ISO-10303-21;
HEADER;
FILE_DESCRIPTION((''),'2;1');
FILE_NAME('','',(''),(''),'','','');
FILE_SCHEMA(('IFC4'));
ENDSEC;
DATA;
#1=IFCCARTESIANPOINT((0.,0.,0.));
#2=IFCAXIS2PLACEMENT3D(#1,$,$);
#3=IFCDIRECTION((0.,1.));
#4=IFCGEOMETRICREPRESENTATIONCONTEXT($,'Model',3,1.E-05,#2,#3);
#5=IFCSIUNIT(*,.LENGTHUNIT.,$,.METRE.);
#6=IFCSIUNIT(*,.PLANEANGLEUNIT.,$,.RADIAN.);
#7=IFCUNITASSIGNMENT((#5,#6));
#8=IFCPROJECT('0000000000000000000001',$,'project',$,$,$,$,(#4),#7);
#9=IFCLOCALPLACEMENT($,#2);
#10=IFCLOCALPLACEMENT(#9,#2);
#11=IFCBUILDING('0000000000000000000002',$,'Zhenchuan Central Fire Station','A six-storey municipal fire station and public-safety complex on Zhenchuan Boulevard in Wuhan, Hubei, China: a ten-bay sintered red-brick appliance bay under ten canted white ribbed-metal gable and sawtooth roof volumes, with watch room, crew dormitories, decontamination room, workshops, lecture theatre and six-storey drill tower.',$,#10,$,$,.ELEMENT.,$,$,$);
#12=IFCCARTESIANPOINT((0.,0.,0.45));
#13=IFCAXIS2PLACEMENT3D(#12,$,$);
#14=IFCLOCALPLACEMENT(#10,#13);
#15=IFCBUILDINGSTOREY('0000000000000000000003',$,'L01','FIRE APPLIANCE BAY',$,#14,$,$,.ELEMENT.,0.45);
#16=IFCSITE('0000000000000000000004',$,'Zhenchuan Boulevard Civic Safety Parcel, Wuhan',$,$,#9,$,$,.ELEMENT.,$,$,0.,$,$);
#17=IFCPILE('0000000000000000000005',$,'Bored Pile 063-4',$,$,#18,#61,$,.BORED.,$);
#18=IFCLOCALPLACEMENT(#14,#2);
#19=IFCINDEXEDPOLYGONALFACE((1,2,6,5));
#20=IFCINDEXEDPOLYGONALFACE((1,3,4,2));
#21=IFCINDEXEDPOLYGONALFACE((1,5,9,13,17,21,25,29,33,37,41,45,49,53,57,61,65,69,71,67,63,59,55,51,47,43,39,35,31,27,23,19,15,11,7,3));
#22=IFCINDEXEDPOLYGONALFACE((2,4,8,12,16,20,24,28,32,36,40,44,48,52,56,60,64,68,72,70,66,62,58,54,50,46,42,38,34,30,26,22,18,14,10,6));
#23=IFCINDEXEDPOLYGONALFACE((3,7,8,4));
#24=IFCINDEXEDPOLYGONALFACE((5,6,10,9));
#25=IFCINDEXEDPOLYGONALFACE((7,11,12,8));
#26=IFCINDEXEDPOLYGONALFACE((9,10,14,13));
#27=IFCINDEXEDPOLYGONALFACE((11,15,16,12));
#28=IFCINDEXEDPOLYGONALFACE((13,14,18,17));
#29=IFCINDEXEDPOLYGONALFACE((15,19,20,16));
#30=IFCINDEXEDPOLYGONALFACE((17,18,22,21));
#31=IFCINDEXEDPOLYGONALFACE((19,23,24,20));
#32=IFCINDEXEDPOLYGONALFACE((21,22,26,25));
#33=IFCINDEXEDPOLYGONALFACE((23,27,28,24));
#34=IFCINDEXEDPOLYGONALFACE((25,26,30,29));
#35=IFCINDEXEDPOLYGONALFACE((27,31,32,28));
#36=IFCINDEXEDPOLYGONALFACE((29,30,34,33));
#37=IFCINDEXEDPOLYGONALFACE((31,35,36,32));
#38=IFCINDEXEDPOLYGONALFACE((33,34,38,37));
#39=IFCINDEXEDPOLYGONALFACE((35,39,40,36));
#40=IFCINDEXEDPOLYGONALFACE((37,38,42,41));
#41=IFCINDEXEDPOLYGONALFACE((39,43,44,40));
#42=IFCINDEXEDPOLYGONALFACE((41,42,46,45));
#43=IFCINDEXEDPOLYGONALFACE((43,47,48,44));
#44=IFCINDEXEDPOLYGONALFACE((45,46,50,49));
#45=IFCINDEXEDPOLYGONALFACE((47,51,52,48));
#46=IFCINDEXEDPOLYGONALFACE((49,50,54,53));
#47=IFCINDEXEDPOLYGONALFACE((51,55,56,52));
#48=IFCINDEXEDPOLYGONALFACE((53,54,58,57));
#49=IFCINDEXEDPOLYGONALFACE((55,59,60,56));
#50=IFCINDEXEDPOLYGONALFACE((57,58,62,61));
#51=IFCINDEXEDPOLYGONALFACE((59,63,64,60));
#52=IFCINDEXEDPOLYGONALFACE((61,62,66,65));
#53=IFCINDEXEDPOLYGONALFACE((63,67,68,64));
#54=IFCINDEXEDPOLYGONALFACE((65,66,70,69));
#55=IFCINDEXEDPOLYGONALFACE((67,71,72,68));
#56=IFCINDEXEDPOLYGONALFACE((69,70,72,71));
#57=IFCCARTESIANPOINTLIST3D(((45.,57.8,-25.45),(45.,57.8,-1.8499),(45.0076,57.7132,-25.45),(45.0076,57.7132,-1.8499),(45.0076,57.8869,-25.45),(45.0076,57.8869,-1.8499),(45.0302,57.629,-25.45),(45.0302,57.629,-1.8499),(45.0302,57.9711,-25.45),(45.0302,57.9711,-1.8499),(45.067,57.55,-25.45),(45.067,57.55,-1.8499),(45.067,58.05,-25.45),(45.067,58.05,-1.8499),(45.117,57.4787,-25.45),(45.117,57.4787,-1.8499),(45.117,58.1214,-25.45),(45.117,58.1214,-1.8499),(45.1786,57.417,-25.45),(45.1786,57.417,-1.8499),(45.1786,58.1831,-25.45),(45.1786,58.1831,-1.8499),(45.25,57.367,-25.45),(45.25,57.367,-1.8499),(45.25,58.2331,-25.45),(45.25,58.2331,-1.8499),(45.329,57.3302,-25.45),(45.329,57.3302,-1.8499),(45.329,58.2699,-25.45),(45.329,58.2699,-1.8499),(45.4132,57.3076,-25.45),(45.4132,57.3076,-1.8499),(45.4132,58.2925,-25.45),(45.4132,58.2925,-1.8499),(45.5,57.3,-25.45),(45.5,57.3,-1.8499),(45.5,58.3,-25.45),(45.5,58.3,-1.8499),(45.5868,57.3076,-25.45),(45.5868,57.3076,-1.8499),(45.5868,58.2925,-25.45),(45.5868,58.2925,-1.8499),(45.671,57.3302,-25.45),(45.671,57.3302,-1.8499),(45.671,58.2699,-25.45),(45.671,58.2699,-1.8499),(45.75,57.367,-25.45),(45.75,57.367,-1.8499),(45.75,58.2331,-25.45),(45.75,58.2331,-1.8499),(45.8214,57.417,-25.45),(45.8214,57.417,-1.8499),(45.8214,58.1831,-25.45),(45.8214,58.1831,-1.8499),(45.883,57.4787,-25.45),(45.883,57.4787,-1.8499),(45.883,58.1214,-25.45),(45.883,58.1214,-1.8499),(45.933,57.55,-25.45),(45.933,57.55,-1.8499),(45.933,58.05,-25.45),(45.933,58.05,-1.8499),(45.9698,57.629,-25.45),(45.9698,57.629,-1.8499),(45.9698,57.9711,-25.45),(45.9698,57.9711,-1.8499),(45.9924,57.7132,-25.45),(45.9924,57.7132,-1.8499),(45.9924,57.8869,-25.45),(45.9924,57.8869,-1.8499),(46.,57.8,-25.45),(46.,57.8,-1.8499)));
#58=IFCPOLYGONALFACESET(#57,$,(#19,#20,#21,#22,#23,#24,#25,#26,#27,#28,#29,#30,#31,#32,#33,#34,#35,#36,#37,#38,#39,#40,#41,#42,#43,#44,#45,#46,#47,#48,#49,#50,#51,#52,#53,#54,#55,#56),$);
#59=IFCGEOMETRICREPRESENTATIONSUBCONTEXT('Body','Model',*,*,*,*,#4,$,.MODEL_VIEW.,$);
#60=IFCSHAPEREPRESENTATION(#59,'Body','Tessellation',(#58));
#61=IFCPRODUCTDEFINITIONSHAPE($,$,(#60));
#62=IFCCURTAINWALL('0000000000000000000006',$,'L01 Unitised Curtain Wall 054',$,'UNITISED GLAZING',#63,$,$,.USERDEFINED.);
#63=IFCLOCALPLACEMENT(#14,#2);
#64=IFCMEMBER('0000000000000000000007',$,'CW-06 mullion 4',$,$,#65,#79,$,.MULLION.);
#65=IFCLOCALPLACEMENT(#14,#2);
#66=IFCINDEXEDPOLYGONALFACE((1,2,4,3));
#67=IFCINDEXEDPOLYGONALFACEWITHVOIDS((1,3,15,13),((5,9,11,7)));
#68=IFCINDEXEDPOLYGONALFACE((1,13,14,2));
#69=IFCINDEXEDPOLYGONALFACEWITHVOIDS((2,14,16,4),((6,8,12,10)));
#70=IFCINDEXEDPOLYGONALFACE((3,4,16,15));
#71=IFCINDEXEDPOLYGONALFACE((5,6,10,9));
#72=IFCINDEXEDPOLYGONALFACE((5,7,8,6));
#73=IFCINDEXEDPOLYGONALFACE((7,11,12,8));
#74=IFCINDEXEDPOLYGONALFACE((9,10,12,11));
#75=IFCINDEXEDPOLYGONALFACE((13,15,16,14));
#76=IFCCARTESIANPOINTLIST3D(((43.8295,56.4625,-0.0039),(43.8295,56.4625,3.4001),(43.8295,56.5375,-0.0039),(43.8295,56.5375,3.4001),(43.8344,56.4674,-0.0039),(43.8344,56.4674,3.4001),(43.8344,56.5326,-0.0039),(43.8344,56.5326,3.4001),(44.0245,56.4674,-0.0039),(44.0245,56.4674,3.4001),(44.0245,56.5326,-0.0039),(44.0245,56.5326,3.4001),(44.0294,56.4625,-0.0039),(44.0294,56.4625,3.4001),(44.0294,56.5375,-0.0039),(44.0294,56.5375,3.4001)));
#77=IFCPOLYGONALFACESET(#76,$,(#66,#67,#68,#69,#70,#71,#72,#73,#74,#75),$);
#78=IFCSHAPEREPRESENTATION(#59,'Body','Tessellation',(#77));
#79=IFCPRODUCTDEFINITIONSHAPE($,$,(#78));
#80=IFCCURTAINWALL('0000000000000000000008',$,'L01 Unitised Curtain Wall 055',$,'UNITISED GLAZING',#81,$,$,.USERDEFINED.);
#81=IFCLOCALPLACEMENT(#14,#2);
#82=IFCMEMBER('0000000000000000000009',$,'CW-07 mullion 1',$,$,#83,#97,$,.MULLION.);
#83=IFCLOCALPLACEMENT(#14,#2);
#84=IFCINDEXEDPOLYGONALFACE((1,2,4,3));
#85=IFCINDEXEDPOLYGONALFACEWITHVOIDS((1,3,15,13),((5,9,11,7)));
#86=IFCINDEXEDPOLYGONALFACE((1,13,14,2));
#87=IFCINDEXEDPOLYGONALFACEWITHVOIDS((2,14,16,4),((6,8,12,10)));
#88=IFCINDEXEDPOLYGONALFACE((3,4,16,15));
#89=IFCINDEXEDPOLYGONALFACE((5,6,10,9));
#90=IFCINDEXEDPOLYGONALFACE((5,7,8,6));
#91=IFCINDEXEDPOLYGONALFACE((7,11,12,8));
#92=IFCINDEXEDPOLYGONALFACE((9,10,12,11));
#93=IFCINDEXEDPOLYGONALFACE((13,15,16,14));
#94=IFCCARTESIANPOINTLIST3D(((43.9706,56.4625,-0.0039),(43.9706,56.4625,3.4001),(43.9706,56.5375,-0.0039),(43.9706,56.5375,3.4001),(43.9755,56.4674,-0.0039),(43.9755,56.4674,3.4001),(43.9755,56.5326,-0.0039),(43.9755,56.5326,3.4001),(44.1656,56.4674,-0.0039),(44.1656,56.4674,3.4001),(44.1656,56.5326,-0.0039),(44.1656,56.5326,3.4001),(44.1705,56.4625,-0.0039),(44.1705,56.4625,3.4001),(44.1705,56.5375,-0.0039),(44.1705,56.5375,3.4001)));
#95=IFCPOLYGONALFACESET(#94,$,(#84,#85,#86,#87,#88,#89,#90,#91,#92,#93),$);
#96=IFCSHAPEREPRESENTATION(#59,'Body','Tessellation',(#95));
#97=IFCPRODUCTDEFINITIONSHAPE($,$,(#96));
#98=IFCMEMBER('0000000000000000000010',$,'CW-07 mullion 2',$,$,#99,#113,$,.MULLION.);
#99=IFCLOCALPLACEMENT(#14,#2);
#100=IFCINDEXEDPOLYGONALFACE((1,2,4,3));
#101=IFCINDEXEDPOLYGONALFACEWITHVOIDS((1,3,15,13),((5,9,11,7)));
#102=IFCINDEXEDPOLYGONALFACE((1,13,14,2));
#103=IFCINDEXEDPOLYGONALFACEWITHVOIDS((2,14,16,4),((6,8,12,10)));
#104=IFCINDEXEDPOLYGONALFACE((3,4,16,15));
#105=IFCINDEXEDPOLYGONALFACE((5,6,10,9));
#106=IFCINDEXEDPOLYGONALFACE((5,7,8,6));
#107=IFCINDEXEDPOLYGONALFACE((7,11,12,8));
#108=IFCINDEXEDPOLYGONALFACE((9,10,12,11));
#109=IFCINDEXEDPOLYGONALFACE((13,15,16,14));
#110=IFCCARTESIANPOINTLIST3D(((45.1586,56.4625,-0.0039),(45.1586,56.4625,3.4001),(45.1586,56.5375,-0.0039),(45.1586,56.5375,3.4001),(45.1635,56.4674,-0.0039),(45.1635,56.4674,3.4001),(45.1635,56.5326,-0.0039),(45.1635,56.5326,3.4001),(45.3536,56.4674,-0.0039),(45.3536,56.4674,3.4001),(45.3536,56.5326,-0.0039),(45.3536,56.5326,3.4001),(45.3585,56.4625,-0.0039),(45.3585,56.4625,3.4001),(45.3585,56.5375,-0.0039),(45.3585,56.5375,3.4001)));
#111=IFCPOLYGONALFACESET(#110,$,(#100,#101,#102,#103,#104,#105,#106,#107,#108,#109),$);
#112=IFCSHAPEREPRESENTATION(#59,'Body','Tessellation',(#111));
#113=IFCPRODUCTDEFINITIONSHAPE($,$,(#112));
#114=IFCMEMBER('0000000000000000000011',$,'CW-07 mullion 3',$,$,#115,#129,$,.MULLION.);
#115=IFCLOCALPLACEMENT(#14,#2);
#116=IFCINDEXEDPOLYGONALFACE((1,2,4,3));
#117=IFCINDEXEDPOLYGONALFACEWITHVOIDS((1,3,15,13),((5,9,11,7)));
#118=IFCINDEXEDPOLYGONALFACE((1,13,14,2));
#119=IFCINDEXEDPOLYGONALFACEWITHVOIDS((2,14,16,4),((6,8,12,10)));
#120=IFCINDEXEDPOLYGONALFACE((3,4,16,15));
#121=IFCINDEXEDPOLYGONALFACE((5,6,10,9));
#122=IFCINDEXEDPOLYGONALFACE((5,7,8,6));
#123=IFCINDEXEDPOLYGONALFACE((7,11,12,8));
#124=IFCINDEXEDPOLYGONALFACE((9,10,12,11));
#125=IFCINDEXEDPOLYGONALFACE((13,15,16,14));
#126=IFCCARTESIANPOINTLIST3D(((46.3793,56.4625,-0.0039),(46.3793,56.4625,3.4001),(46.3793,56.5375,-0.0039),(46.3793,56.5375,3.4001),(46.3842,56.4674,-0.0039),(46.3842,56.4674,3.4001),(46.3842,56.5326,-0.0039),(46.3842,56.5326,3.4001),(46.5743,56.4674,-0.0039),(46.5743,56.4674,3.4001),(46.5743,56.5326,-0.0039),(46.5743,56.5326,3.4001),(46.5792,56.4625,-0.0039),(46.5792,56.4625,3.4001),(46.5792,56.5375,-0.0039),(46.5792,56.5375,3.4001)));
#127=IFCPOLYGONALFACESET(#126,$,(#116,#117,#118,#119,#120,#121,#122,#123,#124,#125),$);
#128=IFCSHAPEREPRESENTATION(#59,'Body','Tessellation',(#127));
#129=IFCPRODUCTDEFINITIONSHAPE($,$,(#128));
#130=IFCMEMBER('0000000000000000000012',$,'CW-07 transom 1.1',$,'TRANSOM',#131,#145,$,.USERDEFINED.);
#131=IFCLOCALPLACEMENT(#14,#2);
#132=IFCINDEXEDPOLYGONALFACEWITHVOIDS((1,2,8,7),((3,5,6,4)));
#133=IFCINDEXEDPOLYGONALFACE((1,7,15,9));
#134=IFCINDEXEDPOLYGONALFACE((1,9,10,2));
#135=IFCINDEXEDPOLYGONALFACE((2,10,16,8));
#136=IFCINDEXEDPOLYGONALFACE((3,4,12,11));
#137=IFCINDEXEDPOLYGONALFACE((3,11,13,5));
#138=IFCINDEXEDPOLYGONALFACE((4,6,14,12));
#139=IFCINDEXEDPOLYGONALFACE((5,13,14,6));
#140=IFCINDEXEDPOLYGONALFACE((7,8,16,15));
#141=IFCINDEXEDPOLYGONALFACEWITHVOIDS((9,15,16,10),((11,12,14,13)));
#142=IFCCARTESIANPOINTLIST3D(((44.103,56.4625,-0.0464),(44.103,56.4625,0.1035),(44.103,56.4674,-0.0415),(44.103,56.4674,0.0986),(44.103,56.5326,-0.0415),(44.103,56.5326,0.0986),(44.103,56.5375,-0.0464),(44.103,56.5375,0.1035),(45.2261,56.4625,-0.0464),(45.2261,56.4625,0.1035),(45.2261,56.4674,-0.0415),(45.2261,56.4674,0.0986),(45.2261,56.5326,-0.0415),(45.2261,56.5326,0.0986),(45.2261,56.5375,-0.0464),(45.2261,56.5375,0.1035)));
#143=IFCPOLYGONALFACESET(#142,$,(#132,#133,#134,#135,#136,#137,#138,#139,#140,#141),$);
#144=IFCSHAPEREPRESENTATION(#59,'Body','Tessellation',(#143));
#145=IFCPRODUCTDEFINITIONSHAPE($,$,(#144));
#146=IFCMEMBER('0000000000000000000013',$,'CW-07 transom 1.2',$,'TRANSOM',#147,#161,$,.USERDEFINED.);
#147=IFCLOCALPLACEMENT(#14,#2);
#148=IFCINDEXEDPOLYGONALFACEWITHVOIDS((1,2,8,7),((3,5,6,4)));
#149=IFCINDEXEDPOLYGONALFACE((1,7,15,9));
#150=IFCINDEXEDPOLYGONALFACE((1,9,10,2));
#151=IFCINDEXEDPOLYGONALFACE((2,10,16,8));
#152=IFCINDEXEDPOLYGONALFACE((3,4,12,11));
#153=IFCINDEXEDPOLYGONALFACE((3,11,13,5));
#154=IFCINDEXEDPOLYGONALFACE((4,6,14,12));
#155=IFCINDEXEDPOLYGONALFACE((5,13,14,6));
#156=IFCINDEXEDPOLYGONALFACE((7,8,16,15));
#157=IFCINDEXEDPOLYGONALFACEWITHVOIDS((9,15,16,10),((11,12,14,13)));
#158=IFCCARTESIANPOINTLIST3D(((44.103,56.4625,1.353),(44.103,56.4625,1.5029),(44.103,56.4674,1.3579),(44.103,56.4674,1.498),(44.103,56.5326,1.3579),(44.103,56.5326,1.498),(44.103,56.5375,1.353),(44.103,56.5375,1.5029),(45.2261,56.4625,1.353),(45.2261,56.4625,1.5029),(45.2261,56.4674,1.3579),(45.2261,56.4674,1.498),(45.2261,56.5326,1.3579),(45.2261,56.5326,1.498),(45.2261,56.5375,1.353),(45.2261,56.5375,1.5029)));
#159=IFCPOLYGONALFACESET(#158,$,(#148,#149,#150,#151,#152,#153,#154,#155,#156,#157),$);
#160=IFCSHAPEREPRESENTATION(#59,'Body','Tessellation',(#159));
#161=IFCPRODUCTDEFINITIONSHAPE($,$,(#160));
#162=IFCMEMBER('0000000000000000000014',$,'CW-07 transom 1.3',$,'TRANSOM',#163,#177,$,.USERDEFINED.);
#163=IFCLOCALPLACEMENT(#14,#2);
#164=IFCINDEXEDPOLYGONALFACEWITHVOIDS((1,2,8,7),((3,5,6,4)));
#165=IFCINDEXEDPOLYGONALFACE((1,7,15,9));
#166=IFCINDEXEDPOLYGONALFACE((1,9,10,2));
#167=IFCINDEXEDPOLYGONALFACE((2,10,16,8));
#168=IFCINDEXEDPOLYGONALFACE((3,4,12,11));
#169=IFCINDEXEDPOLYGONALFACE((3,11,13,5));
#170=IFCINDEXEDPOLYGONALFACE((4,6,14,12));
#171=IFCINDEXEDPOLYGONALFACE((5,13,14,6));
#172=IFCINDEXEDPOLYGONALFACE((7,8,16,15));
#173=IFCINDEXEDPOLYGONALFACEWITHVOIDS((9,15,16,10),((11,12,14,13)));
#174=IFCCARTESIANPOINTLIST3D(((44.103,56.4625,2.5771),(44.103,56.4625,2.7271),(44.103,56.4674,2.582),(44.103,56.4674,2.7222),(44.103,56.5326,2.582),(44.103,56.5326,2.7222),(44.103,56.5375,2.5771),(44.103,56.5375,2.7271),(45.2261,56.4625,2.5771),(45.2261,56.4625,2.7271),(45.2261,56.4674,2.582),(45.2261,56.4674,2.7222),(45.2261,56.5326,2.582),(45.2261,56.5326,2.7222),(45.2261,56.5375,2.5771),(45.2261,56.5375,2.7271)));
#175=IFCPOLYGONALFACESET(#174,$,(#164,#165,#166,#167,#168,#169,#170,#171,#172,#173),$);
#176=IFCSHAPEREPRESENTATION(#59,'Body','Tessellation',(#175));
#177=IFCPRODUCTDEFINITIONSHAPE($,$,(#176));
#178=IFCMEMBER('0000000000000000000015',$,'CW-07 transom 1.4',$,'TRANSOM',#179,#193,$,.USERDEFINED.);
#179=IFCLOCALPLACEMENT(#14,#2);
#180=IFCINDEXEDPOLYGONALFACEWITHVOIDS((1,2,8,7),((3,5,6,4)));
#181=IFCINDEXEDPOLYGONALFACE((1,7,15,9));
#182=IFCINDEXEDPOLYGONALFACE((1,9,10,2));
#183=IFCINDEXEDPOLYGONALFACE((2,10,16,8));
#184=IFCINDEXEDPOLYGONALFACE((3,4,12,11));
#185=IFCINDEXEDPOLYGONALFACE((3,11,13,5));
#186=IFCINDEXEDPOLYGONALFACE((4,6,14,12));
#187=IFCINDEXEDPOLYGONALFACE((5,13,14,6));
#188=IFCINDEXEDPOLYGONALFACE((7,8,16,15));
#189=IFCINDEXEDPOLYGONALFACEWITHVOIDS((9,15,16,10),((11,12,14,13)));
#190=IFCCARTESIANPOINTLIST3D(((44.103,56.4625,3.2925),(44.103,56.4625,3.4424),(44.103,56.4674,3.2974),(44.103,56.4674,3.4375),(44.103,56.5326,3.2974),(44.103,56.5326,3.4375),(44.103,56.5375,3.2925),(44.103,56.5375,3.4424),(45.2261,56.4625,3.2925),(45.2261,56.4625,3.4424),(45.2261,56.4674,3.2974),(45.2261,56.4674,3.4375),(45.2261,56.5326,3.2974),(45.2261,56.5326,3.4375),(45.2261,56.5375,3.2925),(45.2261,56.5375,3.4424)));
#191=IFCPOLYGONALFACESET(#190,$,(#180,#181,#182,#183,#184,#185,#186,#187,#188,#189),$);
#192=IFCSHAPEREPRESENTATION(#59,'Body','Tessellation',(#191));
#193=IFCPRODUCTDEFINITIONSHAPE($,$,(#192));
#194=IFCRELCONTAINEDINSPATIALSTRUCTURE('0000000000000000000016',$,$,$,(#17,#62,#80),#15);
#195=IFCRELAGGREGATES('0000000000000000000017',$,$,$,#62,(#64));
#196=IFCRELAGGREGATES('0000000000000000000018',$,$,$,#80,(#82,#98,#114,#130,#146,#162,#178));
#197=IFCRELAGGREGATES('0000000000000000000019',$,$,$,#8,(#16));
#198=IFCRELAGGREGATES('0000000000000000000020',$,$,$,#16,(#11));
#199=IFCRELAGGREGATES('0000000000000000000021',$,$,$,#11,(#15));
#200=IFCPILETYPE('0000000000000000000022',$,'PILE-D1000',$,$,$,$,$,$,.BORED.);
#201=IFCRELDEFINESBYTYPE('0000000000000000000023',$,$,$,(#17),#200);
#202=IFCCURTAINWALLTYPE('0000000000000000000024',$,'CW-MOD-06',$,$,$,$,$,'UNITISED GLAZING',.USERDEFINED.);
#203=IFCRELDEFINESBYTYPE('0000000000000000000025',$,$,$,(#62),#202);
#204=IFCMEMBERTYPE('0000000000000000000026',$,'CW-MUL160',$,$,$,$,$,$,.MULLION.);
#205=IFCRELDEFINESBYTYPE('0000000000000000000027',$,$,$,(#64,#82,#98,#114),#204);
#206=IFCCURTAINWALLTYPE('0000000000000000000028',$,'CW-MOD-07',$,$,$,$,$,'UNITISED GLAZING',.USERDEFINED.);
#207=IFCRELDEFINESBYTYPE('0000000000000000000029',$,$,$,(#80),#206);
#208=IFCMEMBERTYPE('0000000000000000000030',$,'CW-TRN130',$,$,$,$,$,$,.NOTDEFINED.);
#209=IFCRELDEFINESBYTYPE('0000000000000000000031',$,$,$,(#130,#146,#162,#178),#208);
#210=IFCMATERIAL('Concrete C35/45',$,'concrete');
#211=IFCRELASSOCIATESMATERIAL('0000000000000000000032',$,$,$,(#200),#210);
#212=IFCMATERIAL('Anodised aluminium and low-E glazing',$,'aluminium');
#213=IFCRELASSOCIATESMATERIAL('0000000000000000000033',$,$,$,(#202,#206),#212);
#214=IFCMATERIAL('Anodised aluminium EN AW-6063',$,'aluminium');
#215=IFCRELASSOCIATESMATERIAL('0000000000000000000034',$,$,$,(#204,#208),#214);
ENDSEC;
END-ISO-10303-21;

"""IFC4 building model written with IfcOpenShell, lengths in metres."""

from ifc_helpers import new_model, si_unit, direction, frame, origin, origin_2d, place, context, subcontext, project, spatial, hollow_rectangle, circle, extrude, material, material_profile, profile_set, type_object, element, aggregate, save


model = new_model("IFC4")

# Units and contexts
model_context = context("Model", 3, precision=1e-05, world=origin(), true_north=direction((0.0, 1.0)))
body_context = subcontext(model_context, "Body", "Model", "MODEL_VIEW")
ifc_project = project(units=[si_unit("LENGTHUNIT", "METRE"), si_unit("PLANEANGLEUNIT", "RADIAN")], contexts=[model_context])

# Site, building, storey
site_placement = place(None, origin())
site = spatial("IfcSite", under=ifc_project, at=site_placement, Name="Zhenchuan Boulevard Civic Safety Parcel, Wuhan", CompositionType="ELEMENT", RefElevation=0.0)
building_placement = place(site_placement, origin())
building = spatial("IfcBuilding", under=site, at=building_placement, Name="Zhenchuan Central Fire Station", Description="A six-storey municipal fire station and public-safety complex on Zhenchuan Boulevard in Wuhan, Hubei, China: a ten-bay sintered red-brick appliance bay under ten canted white ribbed-metal gable and sawtooth roof volumes, with watch room, crew dormitories, decontamination room, workshops, lecture theatre and six-storey drill tower.", CompositionType="ELEMENT")
storey_placement = place(building_placement, frame((0.0, 0.0, 0.45)))
storey = spatial("IfcBuildingStorey", under=building, at=storey_placement, Name="L01", Description="FIRE APPLIANCE BAY", CompositionType="ELEMENT", Elevation=0.45)

# Pile
ifc_material_1 = material(Name="Concrete C35/45", Category="concrete")
ifc_material_profile_1 = material_profile(ifc_material_1, circle(Radius=0.5, at=origin_2d()), Name="PILE D1000")
ifc_profile_set_1 = profile_set([ifc_material_profile_1], Name="Concrete C35/45")
pile_type = type_object("IfcPileType", Name="PILE-D1000", PredefinedType="BORED", material=ifc_profile_set_1)
pile_placement = place(storey_placement, frame((45.5, 57.8, -1.8499), z_axis=(0.0, 0.0, -1.0), x_axis=(1.0, 0.0, 0.0)))
element("IfcPile", 1, at=pile_placement, inside=storey, type_object=pile_type, Name="Bored Pile 063-4", PredefinedType="BORED", context=body_context, shape_type="SweptSolid", body=[
    extrude(circle(Radius=0.5, at=origin_2d()), origin(), (0.0, 0.0, 1.0), 23.6001),
])

# Curtain wall, member
ifc_material_2 = material(Name="Anodised aluminium and low-E glazing", Category="aluminium")
curtain_wall_type_1 = type_object("IfcCurtainWallType", Name="CW-MOD-06", ElementType="UNITISED GLAZING", PredefinedType="USERDEFINED", material=ifc_material_2)
curtain_wall_1_placement = place(storey_placement, origin())
curtain_wall_1 = element("IfcCurtainWall", 2, at=curtain_wall_1_placement, inside=storey, type_object=curtain_wall_type_1, Name="L01 Unitised Curtain Wall 054", ObjectType="UNITISED GLAZING", PredefinedType="USERDEFINED")
ifc_material_3 = material(Name="Anodised aluminium EN AW-6063", Category="aluminium")
ifc_material_profile_2 = material_profile(ifc_material_3, hollow_rectangle(XDim=0.075, YDim=0.2, WallThickness=0.0049, at=origin_2d()), Name="ALU-M 200x75")
ifc_profile_set_2 = profile_set([ifc_material_profile_2], Name="Anodised aluminium EN AW-6063")
member_type_1 = type_object("IfcMemberType", Name="CW-MUL160", PredefinedType="MULLION", material=ifc_profile_set_2)
member_1_placement = place(storey_placement, frame((43.9294, 56.5, -0.0039), z_axis=(0.0, 0.0, 1.0), x_axis=(0.0, 1.0, 0.0)))
member_1 = element("IfcMember", 3, at=member_1_placement, type_object=member_type_1, Name="CW-06 mullion 4", PredefinedType="MULLION", context=body_context, shape_type="SweptSolid", body=[
    extrude(hollow_rectangle(XDim=0.075, YDim=0.2, WallThickness=0.0049, at=origin_2d()), origin(), (0.0, 0.0, 1.0), 3.4041),
])

# Curtain wall, members
curtain_wall_type_2 = type_object("IfcCurtainWallType", Name="CW-MOD-07", ElementType="UNITISED GLAZING", PredefinedType="USERDEFINED", material=ifc_material_2)
curtain_wall_2_placement = place(storey_placement, origin())
curtain_wall_2 = element("IfcCurtainWall", 4, at=curtain_wall_2_placement, inside=storey, type_object=curtain_wall_type_2, Name="L01 Unitised Curtain Wall 055", ObjectType="UNITISED GLAZING", PredefinedType="USERDEFINED")
member_2_placement = place(storey_placement, frame((44.0706, 56.5, -0.0039), z_axis=(0.0, 0.0, 1.0), x_axis=(0.0, 1.0, 0.0)))
member_2 = element("IfcMember", 5, at=member_2_placement, type_object=member_type_1, Name="CW-07 mullion 1", PredefinedType="MULLION", context=body_context, shape_type="SweptSolid", body=[
    extrude(hollow_rectangle(XDim=0.075, YDim=0.2, WallThickness=0.0049, at=origin_2d()), origin(), (0.0, 0.0, 1.0), 3.4041),
])
member_3_placement = place(storey_placement, frame((45.2585, 56.5, -0.0039), z_axis=(0.0, 0.0, 1.0), x_axis=(0.0, 1.0, 0.0)))
member_3 = element("IfcMember", 6, at=member_3_placement, type_object=member_type_1, Name="CW-07 mullion 2", PredefinedType="MULLION", context=body_context, shape_type="SweptSolid", body=[
    extrude(hollow_rectangle(XDim=0.075, YDim=0.2, WallThickness=0.0049, at=origin_2d()), origin(), (0.0, 0.0, 1.0), 3.4041),
])
member_4_placement = place(storey_placement, frame((46.4792, 56.5, -0.0039), z_axis=(0.0, 0.0, 1.0), x_axis=(0.0, 1.0, 0.0)))
member_4 = element("IfcMember", 7, at=member_4_placement, type_object=member_type_1, Name="CW-07 mullion 3", PredefinedType="MULLION", context=body_context, shape_type="SweptSolid", body=[
    extrude(hollow_rectangle(XDim=0.075, YDim=0.2, WallThickness=0.0049, at=origin_2d()), origin(), (0.0, 0.0, 1.0), 3.4041),
])
ifc_material_profile_3 = material_profile(ifc_material_3, hollow_rectangle(XDim=0.075, YDim=0.1499, WallThickness=0.0049, at=origin_2d()), Name="ALU-T 150x75")
ifc_profile_set_3 = profile_set([ifc_material_profile_3], Name="Anodised aluminium EN AW-6063")
member_type_2 = type_object("IfcMemberType", Name="CW-TRN130", PredefinedType="NOTDEFINED", material=ifc_profile_set_3)
member_5_placement = place(storey_placement, frame((44.103, 56.5, 0.0286), z_axis=(1.0, 0.0, 0.0), x_axis=(0.0, 1.0, 0.0)))
member_5 = element("IfcMember", 8, at=member_5_placement, type_object=member_type_2, Name="CW-07 transom 1.1", ObjectType="TRANSOM", PredefinedType="USERDEFINED", context=body_context, shape_type="SweptSolid", body=[
    extrude(hollow_rectangle(XDim=0.075, YDim=0.1499, WallThickness=0.0049, at=origin_2d()), origin(), (0.0, 0.0, 1.0), 1.123),
])
member_6_placement = place(storey_placement, frame((44.103, 56.5, 1.428), z_axis=(1.0, 0.0, 0.0), x_axis=(0.0, 1.0, 0.0)))
member_6 = element("IfcMember", 9, at=member_6_placement, type_object=member_type_2, Name="CW-07 transom 1.2", ObjectType="TRANSOM", PredefinedType="USERDEFINED", context=body_context, shape_type="SweptSolid", body=[
    extrude(hollow_rectangle(XDim=0.075, YDim=0.1499, WallThickness=0.0049, at=origin_2d()), origin(), (0.0, 0.0, 1.0), 1.123),
])
member_7_placement = place(storey_placement, frame((44.103, 56.5, 2.6521), z_axis=(1.0, 0.0, 0.0), x_axis=(0.0, 1.0, 0.0)))
member_7 = element("IfcMember", 10, at=member_7_placement, type_object=member_type_2, Name="CW-07 transom 1.3", ObjectType="TRANSOM", PredefinedType="USERDEFINED", context=body_context, shape_type="SweptSolid", body=[
    extrude(hollow_rectangle(XDim=0.075, YDim=0.1499, WallThickness=0.0049, at=origin_2d()), origin(), (0.0, 0.0, 1.0), 1.123),
])
member_8_placement = place(storey_placement, frame((44.103, 56.5, 3.3674), z_axis=(1.0, 0.0, 0.0), x_axis=(0.0, 1.0, 0.0)))
member_8 = element("IfcMember", 11, at=member_8_placement, type_object=member_type_2, Name="CW-07 transom 1.4", ObjectType="TRANSOM", PredefinedType="USERDEFINED", context=body_context, shape_type="SweptSolid", body=[
    extrude(hollow_rectangle(XDim=0.075, YDim=0.1499, WallThickness=0.0049, at=origin_2d()), origin(), (0.0, 0.0, 1.0), 1.123),
])

aggregate(curtain_wall_1, [member_1])
aggregate(curtain_wall_2, [member_2, member_3, member_4, member_5, member_6, member_7, member_8])

save(model, "model.ifc")
